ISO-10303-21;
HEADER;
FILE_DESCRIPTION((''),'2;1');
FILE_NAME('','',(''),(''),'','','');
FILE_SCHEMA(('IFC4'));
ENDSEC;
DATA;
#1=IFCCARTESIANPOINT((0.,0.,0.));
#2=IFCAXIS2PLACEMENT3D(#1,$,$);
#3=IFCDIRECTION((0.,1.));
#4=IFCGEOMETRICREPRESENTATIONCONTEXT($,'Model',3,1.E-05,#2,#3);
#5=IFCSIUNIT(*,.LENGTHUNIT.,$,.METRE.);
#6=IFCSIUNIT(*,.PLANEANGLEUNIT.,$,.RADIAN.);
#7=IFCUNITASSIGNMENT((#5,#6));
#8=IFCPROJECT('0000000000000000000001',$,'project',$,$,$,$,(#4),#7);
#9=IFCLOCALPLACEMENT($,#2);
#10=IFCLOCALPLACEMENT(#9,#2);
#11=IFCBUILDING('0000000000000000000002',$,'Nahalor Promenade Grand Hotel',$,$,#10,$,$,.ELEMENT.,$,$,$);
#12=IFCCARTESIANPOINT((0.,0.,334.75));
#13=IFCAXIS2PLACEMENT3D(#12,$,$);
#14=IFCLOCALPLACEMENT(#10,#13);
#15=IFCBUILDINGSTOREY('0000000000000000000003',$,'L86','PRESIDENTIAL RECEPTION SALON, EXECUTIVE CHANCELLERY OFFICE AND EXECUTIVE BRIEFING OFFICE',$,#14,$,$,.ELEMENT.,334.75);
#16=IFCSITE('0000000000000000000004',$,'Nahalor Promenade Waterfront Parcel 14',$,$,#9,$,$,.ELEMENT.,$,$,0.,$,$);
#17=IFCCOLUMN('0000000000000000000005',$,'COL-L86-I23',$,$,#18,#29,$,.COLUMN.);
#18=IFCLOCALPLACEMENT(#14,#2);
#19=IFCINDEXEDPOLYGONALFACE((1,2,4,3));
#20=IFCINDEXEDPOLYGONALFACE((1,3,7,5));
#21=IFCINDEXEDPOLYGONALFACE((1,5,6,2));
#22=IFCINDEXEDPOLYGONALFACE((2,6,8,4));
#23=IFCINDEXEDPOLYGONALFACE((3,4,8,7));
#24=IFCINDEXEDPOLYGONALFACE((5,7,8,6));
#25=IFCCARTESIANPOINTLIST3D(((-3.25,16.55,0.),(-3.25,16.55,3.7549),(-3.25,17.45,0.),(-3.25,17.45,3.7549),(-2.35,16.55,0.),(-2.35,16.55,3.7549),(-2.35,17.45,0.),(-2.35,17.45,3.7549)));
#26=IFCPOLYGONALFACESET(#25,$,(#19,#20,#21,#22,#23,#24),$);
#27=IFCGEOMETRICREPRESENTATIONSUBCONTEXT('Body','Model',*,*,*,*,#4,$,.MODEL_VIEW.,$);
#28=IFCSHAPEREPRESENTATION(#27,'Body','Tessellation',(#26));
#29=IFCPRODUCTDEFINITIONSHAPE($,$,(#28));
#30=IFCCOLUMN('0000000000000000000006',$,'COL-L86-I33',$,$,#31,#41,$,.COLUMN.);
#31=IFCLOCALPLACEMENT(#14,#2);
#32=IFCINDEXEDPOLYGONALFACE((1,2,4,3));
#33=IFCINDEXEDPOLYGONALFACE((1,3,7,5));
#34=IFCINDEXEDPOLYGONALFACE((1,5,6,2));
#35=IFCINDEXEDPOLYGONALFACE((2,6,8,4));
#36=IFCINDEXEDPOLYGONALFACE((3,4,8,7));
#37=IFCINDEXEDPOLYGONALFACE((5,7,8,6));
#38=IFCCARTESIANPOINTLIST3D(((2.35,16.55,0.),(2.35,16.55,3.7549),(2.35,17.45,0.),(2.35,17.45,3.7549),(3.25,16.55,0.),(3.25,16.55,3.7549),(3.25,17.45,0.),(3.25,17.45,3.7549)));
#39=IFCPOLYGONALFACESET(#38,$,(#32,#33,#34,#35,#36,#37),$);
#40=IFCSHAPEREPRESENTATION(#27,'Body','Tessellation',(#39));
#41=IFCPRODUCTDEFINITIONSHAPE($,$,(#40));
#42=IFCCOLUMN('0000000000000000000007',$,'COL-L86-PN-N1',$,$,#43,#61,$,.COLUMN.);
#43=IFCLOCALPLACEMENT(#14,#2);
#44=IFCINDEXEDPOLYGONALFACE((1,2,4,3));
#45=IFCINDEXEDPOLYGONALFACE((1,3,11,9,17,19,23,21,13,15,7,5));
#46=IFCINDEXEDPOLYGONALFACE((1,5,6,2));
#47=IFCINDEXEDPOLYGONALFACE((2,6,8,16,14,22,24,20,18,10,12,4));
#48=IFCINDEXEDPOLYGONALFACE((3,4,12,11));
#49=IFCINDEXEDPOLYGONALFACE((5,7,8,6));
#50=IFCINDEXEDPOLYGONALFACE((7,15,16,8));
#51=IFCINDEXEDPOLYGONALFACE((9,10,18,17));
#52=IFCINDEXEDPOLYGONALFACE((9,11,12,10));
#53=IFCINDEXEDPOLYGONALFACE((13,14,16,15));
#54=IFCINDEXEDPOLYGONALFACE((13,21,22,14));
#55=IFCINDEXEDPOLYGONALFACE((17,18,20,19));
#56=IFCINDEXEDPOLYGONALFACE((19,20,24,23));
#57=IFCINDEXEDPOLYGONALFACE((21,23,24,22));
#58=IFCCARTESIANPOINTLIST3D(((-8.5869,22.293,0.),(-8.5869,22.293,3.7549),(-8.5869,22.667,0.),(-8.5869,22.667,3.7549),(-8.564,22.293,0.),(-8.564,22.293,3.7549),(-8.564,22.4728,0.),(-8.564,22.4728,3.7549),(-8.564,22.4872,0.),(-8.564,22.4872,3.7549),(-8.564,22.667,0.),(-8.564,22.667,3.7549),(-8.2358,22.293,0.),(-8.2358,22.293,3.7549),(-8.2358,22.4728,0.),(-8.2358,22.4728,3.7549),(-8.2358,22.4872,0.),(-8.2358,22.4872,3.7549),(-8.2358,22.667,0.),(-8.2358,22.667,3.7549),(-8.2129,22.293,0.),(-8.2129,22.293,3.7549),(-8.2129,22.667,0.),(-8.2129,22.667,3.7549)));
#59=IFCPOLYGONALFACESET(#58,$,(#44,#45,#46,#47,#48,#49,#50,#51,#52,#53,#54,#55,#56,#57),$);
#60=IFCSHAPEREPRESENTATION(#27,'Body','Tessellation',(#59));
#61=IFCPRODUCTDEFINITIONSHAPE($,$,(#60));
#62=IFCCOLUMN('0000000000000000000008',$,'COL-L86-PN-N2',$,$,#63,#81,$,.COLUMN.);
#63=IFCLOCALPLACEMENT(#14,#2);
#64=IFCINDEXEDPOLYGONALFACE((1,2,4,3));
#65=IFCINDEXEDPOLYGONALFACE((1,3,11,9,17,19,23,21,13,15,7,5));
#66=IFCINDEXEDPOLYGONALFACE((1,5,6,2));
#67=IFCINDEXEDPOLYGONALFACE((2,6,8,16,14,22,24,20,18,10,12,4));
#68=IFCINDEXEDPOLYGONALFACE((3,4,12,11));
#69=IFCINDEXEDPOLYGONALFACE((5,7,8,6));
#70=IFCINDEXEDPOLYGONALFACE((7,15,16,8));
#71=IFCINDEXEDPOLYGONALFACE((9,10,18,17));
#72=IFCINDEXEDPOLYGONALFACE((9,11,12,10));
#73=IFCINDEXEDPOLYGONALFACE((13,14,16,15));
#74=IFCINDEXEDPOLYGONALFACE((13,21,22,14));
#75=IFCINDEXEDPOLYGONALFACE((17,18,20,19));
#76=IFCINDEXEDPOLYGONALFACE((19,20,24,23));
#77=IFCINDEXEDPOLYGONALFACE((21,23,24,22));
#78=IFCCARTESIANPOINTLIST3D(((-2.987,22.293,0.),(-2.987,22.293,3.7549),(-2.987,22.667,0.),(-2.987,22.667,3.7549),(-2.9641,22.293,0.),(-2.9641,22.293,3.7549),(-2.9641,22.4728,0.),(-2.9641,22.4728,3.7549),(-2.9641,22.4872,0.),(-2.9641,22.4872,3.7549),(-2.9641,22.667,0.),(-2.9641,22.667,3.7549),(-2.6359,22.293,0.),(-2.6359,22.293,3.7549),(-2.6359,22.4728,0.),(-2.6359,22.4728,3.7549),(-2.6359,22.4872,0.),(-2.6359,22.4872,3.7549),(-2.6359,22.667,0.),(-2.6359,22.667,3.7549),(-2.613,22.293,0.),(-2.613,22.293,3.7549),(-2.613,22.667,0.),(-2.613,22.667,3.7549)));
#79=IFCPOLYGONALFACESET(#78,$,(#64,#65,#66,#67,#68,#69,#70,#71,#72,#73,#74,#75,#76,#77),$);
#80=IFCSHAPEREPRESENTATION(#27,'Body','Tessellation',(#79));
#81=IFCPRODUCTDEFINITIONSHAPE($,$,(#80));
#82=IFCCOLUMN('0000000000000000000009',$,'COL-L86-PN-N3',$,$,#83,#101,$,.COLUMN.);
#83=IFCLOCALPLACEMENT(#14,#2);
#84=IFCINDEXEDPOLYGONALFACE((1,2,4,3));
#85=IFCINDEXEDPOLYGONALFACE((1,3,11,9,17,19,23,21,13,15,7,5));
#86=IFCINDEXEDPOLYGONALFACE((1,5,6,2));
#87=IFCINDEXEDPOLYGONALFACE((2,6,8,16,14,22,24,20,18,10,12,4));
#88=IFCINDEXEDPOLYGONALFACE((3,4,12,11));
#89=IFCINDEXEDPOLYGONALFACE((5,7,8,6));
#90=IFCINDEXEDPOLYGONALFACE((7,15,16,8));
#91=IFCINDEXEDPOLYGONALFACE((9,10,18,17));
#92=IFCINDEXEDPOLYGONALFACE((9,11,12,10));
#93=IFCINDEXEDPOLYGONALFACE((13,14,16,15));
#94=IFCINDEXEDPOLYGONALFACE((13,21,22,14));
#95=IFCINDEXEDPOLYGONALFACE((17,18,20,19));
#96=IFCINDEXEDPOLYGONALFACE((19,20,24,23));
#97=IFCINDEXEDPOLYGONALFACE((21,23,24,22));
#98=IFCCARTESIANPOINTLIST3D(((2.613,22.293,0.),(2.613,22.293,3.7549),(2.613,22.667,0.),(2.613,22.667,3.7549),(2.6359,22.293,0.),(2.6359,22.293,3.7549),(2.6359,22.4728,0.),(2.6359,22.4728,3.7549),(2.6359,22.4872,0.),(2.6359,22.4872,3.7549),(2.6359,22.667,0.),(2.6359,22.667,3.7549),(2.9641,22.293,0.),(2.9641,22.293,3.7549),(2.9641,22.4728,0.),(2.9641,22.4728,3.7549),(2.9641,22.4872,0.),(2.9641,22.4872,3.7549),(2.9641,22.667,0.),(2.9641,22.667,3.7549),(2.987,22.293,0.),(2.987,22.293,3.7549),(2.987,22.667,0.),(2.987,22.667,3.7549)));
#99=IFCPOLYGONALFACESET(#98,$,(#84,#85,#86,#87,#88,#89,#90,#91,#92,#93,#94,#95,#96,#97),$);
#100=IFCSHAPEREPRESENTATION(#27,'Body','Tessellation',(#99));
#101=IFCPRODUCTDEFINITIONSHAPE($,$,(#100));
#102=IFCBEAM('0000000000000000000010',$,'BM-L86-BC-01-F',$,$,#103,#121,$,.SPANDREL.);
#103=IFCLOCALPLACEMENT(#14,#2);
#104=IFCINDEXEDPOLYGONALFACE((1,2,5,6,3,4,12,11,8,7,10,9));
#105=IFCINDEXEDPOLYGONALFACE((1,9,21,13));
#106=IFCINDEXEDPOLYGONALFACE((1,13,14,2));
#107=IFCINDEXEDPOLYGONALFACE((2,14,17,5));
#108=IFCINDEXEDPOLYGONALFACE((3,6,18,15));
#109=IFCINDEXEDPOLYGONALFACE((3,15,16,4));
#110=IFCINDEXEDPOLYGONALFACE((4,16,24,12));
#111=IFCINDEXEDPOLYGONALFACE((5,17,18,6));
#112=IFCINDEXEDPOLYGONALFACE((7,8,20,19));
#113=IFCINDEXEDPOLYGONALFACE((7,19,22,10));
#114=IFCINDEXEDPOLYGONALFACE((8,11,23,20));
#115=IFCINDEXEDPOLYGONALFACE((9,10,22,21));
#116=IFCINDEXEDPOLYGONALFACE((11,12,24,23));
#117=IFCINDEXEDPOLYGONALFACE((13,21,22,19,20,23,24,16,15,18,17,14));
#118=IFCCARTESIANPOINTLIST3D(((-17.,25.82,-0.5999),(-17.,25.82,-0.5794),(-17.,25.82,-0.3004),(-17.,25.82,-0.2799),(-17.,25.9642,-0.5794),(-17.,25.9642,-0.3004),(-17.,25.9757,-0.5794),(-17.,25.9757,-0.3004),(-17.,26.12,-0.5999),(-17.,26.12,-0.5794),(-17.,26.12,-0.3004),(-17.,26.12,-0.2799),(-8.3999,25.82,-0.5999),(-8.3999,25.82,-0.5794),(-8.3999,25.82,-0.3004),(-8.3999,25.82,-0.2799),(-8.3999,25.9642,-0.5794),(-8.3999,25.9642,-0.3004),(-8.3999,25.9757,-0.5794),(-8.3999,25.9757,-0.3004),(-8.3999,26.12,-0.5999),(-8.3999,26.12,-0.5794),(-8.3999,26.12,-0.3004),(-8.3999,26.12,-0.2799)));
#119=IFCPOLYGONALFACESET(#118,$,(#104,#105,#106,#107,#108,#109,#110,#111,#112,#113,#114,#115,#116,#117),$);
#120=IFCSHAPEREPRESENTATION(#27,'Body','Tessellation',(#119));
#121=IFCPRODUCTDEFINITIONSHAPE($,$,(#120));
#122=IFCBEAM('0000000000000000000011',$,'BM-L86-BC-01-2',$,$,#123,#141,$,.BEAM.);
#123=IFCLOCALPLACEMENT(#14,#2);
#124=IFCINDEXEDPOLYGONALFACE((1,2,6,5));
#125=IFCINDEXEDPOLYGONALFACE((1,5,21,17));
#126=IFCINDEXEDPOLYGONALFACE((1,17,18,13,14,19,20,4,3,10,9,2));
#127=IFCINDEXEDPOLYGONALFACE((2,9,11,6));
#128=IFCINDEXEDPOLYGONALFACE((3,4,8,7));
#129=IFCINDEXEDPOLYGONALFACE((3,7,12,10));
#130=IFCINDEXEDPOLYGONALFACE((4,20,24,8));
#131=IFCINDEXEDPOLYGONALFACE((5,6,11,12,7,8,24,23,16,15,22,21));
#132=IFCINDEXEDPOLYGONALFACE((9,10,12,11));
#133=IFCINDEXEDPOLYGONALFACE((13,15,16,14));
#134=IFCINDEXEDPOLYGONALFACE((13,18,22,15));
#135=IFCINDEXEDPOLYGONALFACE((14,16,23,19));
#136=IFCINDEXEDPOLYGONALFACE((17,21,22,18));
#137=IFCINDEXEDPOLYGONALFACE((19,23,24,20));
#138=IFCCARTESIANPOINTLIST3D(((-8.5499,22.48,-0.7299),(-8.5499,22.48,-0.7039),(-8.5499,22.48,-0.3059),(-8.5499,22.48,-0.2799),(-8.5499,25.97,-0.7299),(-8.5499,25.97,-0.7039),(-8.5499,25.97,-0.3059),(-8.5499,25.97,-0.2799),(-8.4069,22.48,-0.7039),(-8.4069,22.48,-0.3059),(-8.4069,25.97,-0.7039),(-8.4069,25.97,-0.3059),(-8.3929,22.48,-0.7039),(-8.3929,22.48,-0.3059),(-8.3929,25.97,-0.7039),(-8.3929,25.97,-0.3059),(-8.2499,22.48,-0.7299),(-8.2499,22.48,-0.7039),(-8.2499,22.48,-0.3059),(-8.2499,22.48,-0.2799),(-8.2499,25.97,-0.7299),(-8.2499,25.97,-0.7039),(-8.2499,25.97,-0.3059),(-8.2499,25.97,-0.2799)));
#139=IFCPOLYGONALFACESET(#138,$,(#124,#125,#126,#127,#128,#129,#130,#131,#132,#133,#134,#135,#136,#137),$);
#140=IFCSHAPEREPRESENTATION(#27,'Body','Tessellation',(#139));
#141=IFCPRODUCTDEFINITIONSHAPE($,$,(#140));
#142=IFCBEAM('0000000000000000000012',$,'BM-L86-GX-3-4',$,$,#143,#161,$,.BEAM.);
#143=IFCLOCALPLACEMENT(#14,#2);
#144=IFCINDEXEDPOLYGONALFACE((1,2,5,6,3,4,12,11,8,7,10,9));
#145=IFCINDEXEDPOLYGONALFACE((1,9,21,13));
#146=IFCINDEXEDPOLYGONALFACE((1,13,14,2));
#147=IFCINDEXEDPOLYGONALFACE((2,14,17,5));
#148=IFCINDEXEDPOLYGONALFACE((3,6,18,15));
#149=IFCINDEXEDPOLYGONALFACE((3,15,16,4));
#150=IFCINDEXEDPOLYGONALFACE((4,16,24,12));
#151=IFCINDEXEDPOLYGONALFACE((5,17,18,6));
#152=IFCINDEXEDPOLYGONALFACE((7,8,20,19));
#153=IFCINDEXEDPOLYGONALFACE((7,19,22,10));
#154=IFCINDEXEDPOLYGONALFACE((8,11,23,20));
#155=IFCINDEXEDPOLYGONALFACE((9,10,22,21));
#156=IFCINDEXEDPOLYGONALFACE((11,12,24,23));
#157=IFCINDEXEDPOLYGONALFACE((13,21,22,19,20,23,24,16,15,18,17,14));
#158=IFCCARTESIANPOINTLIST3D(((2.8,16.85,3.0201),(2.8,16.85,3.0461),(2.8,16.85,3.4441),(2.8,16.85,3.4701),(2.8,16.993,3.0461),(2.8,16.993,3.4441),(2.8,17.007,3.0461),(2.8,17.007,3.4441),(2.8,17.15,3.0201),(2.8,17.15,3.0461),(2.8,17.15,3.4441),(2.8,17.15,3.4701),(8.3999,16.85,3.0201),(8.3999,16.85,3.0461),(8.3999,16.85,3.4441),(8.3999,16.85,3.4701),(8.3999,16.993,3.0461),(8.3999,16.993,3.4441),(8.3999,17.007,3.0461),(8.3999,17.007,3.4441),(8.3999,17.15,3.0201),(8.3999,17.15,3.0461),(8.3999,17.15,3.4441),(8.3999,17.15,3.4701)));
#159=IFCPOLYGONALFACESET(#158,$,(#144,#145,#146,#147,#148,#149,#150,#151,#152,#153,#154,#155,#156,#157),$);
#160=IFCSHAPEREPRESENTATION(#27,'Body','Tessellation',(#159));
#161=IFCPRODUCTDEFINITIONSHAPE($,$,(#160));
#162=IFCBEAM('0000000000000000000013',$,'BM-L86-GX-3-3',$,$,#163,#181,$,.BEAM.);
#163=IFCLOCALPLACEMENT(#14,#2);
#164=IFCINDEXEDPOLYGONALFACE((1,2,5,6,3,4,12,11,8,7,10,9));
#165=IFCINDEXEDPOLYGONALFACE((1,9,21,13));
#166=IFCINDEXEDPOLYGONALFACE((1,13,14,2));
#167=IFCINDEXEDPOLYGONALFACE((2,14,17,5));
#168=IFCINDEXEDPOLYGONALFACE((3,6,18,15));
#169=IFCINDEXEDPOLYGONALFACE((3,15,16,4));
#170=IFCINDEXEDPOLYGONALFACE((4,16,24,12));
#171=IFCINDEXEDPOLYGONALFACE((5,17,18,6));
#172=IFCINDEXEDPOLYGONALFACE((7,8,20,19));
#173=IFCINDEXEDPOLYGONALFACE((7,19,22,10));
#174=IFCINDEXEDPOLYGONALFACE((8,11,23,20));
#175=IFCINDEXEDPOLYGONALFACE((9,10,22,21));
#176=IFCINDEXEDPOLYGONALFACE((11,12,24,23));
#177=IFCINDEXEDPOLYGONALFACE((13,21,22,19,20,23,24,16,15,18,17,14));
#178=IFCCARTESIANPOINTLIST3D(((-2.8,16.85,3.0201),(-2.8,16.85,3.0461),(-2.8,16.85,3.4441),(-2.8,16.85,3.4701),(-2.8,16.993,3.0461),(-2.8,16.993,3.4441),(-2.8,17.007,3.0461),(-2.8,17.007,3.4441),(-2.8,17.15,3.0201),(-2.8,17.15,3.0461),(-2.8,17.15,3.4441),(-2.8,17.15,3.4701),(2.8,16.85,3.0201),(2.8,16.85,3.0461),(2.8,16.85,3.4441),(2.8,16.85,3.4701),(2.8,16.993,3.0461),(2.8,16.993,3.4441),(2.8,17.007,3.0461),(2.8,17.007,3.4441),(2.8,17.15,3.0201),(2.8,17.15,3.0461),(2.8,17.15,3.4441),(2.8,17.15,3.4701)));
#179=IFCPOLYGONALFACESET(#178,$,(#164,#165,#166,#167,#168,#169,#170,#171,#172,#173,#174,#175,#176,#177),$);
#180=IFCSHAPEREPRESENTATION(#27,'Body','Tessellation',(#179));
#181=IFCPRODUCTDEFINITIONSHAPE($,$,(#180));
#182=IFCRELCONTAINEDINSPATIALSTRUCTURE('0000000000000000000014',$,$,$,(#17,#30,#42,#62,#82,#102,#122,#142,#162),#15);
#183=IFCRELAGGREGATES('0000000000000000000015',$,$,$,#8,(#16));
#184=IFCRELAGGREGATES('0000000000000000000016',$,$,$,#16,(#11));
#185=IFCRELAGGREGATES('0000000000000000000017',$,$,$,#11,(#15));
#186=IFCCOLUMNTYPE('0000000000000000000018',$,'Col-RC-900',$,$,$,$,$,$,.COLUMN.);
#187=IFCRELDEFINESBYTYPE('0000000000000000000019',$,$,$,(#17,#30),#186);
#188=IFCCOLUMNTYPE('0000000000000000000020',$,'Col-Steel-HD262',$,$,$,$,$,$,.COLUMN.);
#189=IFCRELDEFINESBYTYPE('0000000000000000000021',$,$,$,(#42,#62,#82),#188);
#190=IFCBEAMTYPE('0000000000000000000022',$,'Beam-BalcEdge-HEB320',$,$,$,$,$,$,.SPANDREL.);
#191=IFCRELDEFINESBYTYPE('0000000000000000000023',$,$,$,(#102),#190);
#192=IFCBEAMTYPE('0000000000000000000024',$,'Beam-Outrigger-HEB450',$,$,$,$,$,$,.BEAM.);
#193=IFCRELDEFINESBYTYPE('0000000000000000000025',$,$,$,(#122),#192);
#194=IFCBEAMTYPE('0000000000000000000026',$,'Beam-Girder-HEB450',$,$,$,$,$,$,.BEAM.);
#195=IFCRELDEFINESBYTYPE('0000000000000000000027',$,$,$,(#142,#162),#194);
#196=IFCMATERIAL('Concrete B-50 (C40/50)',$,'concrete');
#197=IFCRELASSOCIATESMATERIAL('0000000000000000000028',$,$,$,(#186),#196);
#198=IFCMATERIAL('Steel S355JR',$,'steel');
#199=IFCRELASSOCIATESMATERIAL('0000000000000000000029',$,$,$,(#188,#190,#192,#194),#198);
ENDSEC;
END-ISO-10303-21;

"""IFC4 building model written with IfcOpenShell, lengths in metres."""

from ifc_helpers import new_model, si_unit, direction, frame, origin, origin_2d, place, context, subcontext, project, spatial, rectangle, i_section, extrude, source, transform, mapped, material, material_profile, profile_set, type_object, element, save


model = new_model("IFC4")

# Units and contexts
model_context = context("Model", 3, precision=1e-05, world=origin(), true_north=direction((0.0, 1.0)))
body_context = subcontext(model_context, "Body", "Model", "MODEL_VIEW")
ifc_project = project(units=[si_unit("LENGTHUNIT", "METRE"), si_unit("PLANEANGLEUNIT", "RADIAN")], contexts=[model_context])

# Site, building, storey
site_placement = place(None, origin())
site = spatial("IfcSite", under=ifc_project, at=site_placement, Name="Nahalor Promenade Waterfront Parcel 14", CompositionType="ELEMENT", RefElevation=0.0)
building_placement = place(site_placement, origin())
building = spatial("IfcBuilding", under=site, at=building_placement, Name="Nahalor Promenade Grand Hotel", CompositionType="ELEMENT")
storey_placement = place(building_placement, frame((0.0, 0.0, 334.75)))
storey = spatial("IfcBuildingStorey", under=building, at=storey_placement, Name="L86", Description="PRESIDENTIAL RECEPTION SALON, EXECUTIVE CHANCELLERY OFFICE AND EXECUTIVE BRIEFING OFFICE", CompositionType="ELEMENT", Elevation=334.75)

# Columns
ifc_material_1 = material(Name="Concrete B-50 (C40/50)", Category="concrete")
ifc_material_profile_1 = material_profile(ifc_material_1, rectangle(XDim=0.9, YDim=0.9, at=origin_2d()), Name="RC 900x900")
ifc_profile_set_1 = profile_set([ifc_material_profile_1], Name="Concrete B-50 (C40/50)")
column_type_1 = type_object("IfcColumnType", Name="Col-RC-900", PredefinedType="COLUMN", material=ifc_profile_set_1)
shared_shape_1 = source(origin(), body_context, "Body", "SweptSolid", [
    extrude(rectangle(XDim=0.9, YDim=0.9, at=origin_2d()), origin(), (0.0, 0.0, 1.0), 3.7549),
])
for number, where, z_axis, x_axis, name in (
    (1, (-2.8, 17.0, 0.0), (0.0, 0.0, 1.0), (1.0, 0.0, 0.0), "COL-L86-I23"),
    (2, (2.8, 17.0, 0.0), (0.0, 0.0, 1.0), (1.0, 0.0, 0.0), "COL-L86-I33"),
):
    element("IfcColumn", number, at=place(storey_placement, frame(where, z_axis=z_axis, x_axis=x_axis)), inside=storey, type_object=column_type_1, Name=name, PredefinedType="COLUMN", context=body_context, shape_type="MappedRepresentation", body=[
        mapped(shared_shape_1, transform((0.0, 0.0, 0.0), scale=1.0)),
    ])
ifc_material_2 = material(Name="Steel S355JR", Category="steel")
ifc_material_profile_2 = material_profile(ifc_material_2, i_section(OverallWidth=0.374, OverallDepth=0.374, WebThickness=0.0144, FlangeThickness=0.0229, at=origin_2d()), Name="HD 360x262")
ifc_profile_set_2 = profile_set([ifc_material_profile_2], Name="Steel S355JR")
column_type_2 = type_object("IfcColumnType", Name="Col-Steel-HD262", PredefinedType="COLUMN", material=ifc_profile_set_2)
shared_shape_2 = source(origin(), body_context, "Body", "SweptSolid", [
    extrude(i_section(OverallWidth=0.374, OverallDepth=0.374, WebThickness=0.0144, FlangeThickness=0.0229, at=origin_2d()), origin(), (0.0, 0.0, 1.0), 3.7549),
])
for number, where, z_axis, x_axis, name in (
    (3, (-8.3999, 22.48, 0.0), (0.0, 0.0, 1.0), (0.0, 1.0, 0.0), "COL-L86-PN-N1"),
    (4, (-2.8, 22.48, 0.0), (0.0, 0.0, 1.0), (0.0, 1.0, 0.0), "COL-L86-PN-N2"),
    (5, (2.8, 22.48, 0.0), (0.0, 0.0, 1.0), (0.0, 1.0, 0.0), "COL-L86-PN-N3"),
):
    element("IfcColumn", number, at=place(storey_placement, frame(where, z_axis=z_axis, x_axis=x_axis)), inside=storey, type_object=column_type_2, Name=name, PredefinedType="COLUMN", context=body_context, shape_type="MappedRepresentation", body=[
        mapped(shared_shape_2, transform((0.0, 0.0, 0.0), scale=1.0)),
    ])

# Beams
ifc_material_profile_3 = material_profile(ifc_material_2, i_section(OverallWidth=0.3, OverallDepth=0.32, WebThickness=0.0115, FlangeThickness=0.0205, at=origin_2d()), Name="HEB 320")
ifc_profile_set_3 = profile_set([ifc_material_profile_3], Name="Steel S355JR")
beam_type_1 = type_object("IfcBeamType", Name="Beam-BalcEdge-HEB320", PredefinedType="SPANDREL", material=ifc_profile_set_3)
shared_shape_3 = source(origin(), body_context, "Body", "SweptSolid", [
    extrude(i_section(OverallWidth=0.3, OverallDepth=0.32, WebThickness=0.0115, FlangeThickness=0.0205, at=origin_2d()), origin(), (0.0, 0.0, 1.0), 8.6001),
])
beam_1_placement = place(storey_placement, frame((-17.0, 25.97, -0.4399), z_axis=(1.0, 0.0, 0.0), x_axis=(0.0, 1.0, 0.0)))
element("IfcBeam", 6, at=beam_1_placement, inside=storey, type_object=beam_type_1, Name="BM-L86-BC-01-F", PredefinedType="SPANDREL", context=body_context, shape_type="MappedRepresentation", body=[
    mapped(shared_shape_3, transform((0.0, 0.0, 0.0), scale=1.0)),
])
ifc_material_profile_4 = material_profile(ifc_material_2, i_section(OverallWidth=0.3, OverallDepth=0.45, WebThickness=0.014, FlangeThickness=0.026, at=origin_2d()), Name="HEB 450")
ifc_profile_set_4 = profile_set([ifc_material_profile_4], Name="Steel S355JR")
beam_type_2 = type_object("IfcBeamType", Name="Beam-Outrigger-HEB450", PredefinedType="BEAM", material=ifc_profile_set_4)
shared_shape_4 = source(origin(), body_context, "Body", "SweptSolid", [
    extrude(i_section(OverallWidth=0.3, OverallDepth=0.45, WebThickness=0.014, FlangeThickness=0.026, at=origin_2d()), origin(), (0.0, 0.0, 1.0), 3.49),
])
beam_2_placement = place(storey_placement, frame((-8.3999, 22.48, -0.5049), z_axis=(0.0, 1.0, 0.0), x_axis=(-1.0, 0.0, 0.0)))
element("IfcBeam", 7, at=beam_2_placement, inside=storey, type_object=beam_type_2, Name="BM-L86-BC-01-2", PredefinedType="BEAM", context=body_context, shape_type="MappedRepresentation", body=[
    mapped(shared_shape_4, transform((0.0, 0.0, 0.0), scale=1.0)),
])
ifc_material_profile_5 = material_profile(ifc_material_2, i_section(OverallWidth=0.3, OverallDepth=0.45, WebThickness=0.014, FlangeThickness=0.026, at=origin_2d()), Name="HEB 450")
ifc_profile_set_5 = profile_set([ifc_material_profile_5], Name="Steel S355JR")
beam_type_3 = type_object("IfcBeamType", Name="Beam-Girder-HEB450", PredefinedType="BEAM", material=ifc_profile_set_5)
shared_shape_5 = source(origin(), body_context, "Body", "SweptSolid", [
    extrude(i_section(OverallWidth=0.3, OverallDepth=0.45, WebThickness=0.014, FlangeThickness=0.026, at=origin_2d()), origin(), (0.0, 0.0, 1.0), 5.5999),
])
beam_3_placement = place(storey_placement, frame((2.8, 17.0, 3.2451), z_axis=(1.0, 0.0, 0.0), x_axis=(0.0, 1.0, 0.0)))
element("IfcBeam", 8, at=beam_3_placement, inside=storey, type_object=beam_type_3, Name="BM-L86-GX-3-4", PredefinedType="BEAM", context=body_context, shape_type="MappedRepresentation", body=[
    mapped(shared_shape_5, transform((0.0, 0.0, 0.0), scale=1.0)),
])
shared_shape_6 = source(origin(), body_context, "Body", "SweptSolid", [
    extrude(i_section(OverallWidth=0.3, OverallDepth=0.45, WebThickness=0.014, FlangeThickness=0.026, at=origin_2d()), origin(), (0.0, 0.0, 1.0), 5.6001),
])
beam_4_placement = place(storey_placement, frame((-2.8, 17.0, 3.2451), z_axis=(1.0, 0.0, 0.0), x_axis=(0.0, 1.0, 0.0)))
element("IfcBeam", 9, at=beam_4_placement, inside=storey, type_object=beam_type_3, Name="BM-L86-GX-3-3", PredefinedType="BEAM", context=body_context, shape_type="MappedRepresentation", body=[
    mapped(shared_shape_6, transform((0.0, 0.0, 0.0), scale=1.0)),
])

save(model, "model.ifc")
